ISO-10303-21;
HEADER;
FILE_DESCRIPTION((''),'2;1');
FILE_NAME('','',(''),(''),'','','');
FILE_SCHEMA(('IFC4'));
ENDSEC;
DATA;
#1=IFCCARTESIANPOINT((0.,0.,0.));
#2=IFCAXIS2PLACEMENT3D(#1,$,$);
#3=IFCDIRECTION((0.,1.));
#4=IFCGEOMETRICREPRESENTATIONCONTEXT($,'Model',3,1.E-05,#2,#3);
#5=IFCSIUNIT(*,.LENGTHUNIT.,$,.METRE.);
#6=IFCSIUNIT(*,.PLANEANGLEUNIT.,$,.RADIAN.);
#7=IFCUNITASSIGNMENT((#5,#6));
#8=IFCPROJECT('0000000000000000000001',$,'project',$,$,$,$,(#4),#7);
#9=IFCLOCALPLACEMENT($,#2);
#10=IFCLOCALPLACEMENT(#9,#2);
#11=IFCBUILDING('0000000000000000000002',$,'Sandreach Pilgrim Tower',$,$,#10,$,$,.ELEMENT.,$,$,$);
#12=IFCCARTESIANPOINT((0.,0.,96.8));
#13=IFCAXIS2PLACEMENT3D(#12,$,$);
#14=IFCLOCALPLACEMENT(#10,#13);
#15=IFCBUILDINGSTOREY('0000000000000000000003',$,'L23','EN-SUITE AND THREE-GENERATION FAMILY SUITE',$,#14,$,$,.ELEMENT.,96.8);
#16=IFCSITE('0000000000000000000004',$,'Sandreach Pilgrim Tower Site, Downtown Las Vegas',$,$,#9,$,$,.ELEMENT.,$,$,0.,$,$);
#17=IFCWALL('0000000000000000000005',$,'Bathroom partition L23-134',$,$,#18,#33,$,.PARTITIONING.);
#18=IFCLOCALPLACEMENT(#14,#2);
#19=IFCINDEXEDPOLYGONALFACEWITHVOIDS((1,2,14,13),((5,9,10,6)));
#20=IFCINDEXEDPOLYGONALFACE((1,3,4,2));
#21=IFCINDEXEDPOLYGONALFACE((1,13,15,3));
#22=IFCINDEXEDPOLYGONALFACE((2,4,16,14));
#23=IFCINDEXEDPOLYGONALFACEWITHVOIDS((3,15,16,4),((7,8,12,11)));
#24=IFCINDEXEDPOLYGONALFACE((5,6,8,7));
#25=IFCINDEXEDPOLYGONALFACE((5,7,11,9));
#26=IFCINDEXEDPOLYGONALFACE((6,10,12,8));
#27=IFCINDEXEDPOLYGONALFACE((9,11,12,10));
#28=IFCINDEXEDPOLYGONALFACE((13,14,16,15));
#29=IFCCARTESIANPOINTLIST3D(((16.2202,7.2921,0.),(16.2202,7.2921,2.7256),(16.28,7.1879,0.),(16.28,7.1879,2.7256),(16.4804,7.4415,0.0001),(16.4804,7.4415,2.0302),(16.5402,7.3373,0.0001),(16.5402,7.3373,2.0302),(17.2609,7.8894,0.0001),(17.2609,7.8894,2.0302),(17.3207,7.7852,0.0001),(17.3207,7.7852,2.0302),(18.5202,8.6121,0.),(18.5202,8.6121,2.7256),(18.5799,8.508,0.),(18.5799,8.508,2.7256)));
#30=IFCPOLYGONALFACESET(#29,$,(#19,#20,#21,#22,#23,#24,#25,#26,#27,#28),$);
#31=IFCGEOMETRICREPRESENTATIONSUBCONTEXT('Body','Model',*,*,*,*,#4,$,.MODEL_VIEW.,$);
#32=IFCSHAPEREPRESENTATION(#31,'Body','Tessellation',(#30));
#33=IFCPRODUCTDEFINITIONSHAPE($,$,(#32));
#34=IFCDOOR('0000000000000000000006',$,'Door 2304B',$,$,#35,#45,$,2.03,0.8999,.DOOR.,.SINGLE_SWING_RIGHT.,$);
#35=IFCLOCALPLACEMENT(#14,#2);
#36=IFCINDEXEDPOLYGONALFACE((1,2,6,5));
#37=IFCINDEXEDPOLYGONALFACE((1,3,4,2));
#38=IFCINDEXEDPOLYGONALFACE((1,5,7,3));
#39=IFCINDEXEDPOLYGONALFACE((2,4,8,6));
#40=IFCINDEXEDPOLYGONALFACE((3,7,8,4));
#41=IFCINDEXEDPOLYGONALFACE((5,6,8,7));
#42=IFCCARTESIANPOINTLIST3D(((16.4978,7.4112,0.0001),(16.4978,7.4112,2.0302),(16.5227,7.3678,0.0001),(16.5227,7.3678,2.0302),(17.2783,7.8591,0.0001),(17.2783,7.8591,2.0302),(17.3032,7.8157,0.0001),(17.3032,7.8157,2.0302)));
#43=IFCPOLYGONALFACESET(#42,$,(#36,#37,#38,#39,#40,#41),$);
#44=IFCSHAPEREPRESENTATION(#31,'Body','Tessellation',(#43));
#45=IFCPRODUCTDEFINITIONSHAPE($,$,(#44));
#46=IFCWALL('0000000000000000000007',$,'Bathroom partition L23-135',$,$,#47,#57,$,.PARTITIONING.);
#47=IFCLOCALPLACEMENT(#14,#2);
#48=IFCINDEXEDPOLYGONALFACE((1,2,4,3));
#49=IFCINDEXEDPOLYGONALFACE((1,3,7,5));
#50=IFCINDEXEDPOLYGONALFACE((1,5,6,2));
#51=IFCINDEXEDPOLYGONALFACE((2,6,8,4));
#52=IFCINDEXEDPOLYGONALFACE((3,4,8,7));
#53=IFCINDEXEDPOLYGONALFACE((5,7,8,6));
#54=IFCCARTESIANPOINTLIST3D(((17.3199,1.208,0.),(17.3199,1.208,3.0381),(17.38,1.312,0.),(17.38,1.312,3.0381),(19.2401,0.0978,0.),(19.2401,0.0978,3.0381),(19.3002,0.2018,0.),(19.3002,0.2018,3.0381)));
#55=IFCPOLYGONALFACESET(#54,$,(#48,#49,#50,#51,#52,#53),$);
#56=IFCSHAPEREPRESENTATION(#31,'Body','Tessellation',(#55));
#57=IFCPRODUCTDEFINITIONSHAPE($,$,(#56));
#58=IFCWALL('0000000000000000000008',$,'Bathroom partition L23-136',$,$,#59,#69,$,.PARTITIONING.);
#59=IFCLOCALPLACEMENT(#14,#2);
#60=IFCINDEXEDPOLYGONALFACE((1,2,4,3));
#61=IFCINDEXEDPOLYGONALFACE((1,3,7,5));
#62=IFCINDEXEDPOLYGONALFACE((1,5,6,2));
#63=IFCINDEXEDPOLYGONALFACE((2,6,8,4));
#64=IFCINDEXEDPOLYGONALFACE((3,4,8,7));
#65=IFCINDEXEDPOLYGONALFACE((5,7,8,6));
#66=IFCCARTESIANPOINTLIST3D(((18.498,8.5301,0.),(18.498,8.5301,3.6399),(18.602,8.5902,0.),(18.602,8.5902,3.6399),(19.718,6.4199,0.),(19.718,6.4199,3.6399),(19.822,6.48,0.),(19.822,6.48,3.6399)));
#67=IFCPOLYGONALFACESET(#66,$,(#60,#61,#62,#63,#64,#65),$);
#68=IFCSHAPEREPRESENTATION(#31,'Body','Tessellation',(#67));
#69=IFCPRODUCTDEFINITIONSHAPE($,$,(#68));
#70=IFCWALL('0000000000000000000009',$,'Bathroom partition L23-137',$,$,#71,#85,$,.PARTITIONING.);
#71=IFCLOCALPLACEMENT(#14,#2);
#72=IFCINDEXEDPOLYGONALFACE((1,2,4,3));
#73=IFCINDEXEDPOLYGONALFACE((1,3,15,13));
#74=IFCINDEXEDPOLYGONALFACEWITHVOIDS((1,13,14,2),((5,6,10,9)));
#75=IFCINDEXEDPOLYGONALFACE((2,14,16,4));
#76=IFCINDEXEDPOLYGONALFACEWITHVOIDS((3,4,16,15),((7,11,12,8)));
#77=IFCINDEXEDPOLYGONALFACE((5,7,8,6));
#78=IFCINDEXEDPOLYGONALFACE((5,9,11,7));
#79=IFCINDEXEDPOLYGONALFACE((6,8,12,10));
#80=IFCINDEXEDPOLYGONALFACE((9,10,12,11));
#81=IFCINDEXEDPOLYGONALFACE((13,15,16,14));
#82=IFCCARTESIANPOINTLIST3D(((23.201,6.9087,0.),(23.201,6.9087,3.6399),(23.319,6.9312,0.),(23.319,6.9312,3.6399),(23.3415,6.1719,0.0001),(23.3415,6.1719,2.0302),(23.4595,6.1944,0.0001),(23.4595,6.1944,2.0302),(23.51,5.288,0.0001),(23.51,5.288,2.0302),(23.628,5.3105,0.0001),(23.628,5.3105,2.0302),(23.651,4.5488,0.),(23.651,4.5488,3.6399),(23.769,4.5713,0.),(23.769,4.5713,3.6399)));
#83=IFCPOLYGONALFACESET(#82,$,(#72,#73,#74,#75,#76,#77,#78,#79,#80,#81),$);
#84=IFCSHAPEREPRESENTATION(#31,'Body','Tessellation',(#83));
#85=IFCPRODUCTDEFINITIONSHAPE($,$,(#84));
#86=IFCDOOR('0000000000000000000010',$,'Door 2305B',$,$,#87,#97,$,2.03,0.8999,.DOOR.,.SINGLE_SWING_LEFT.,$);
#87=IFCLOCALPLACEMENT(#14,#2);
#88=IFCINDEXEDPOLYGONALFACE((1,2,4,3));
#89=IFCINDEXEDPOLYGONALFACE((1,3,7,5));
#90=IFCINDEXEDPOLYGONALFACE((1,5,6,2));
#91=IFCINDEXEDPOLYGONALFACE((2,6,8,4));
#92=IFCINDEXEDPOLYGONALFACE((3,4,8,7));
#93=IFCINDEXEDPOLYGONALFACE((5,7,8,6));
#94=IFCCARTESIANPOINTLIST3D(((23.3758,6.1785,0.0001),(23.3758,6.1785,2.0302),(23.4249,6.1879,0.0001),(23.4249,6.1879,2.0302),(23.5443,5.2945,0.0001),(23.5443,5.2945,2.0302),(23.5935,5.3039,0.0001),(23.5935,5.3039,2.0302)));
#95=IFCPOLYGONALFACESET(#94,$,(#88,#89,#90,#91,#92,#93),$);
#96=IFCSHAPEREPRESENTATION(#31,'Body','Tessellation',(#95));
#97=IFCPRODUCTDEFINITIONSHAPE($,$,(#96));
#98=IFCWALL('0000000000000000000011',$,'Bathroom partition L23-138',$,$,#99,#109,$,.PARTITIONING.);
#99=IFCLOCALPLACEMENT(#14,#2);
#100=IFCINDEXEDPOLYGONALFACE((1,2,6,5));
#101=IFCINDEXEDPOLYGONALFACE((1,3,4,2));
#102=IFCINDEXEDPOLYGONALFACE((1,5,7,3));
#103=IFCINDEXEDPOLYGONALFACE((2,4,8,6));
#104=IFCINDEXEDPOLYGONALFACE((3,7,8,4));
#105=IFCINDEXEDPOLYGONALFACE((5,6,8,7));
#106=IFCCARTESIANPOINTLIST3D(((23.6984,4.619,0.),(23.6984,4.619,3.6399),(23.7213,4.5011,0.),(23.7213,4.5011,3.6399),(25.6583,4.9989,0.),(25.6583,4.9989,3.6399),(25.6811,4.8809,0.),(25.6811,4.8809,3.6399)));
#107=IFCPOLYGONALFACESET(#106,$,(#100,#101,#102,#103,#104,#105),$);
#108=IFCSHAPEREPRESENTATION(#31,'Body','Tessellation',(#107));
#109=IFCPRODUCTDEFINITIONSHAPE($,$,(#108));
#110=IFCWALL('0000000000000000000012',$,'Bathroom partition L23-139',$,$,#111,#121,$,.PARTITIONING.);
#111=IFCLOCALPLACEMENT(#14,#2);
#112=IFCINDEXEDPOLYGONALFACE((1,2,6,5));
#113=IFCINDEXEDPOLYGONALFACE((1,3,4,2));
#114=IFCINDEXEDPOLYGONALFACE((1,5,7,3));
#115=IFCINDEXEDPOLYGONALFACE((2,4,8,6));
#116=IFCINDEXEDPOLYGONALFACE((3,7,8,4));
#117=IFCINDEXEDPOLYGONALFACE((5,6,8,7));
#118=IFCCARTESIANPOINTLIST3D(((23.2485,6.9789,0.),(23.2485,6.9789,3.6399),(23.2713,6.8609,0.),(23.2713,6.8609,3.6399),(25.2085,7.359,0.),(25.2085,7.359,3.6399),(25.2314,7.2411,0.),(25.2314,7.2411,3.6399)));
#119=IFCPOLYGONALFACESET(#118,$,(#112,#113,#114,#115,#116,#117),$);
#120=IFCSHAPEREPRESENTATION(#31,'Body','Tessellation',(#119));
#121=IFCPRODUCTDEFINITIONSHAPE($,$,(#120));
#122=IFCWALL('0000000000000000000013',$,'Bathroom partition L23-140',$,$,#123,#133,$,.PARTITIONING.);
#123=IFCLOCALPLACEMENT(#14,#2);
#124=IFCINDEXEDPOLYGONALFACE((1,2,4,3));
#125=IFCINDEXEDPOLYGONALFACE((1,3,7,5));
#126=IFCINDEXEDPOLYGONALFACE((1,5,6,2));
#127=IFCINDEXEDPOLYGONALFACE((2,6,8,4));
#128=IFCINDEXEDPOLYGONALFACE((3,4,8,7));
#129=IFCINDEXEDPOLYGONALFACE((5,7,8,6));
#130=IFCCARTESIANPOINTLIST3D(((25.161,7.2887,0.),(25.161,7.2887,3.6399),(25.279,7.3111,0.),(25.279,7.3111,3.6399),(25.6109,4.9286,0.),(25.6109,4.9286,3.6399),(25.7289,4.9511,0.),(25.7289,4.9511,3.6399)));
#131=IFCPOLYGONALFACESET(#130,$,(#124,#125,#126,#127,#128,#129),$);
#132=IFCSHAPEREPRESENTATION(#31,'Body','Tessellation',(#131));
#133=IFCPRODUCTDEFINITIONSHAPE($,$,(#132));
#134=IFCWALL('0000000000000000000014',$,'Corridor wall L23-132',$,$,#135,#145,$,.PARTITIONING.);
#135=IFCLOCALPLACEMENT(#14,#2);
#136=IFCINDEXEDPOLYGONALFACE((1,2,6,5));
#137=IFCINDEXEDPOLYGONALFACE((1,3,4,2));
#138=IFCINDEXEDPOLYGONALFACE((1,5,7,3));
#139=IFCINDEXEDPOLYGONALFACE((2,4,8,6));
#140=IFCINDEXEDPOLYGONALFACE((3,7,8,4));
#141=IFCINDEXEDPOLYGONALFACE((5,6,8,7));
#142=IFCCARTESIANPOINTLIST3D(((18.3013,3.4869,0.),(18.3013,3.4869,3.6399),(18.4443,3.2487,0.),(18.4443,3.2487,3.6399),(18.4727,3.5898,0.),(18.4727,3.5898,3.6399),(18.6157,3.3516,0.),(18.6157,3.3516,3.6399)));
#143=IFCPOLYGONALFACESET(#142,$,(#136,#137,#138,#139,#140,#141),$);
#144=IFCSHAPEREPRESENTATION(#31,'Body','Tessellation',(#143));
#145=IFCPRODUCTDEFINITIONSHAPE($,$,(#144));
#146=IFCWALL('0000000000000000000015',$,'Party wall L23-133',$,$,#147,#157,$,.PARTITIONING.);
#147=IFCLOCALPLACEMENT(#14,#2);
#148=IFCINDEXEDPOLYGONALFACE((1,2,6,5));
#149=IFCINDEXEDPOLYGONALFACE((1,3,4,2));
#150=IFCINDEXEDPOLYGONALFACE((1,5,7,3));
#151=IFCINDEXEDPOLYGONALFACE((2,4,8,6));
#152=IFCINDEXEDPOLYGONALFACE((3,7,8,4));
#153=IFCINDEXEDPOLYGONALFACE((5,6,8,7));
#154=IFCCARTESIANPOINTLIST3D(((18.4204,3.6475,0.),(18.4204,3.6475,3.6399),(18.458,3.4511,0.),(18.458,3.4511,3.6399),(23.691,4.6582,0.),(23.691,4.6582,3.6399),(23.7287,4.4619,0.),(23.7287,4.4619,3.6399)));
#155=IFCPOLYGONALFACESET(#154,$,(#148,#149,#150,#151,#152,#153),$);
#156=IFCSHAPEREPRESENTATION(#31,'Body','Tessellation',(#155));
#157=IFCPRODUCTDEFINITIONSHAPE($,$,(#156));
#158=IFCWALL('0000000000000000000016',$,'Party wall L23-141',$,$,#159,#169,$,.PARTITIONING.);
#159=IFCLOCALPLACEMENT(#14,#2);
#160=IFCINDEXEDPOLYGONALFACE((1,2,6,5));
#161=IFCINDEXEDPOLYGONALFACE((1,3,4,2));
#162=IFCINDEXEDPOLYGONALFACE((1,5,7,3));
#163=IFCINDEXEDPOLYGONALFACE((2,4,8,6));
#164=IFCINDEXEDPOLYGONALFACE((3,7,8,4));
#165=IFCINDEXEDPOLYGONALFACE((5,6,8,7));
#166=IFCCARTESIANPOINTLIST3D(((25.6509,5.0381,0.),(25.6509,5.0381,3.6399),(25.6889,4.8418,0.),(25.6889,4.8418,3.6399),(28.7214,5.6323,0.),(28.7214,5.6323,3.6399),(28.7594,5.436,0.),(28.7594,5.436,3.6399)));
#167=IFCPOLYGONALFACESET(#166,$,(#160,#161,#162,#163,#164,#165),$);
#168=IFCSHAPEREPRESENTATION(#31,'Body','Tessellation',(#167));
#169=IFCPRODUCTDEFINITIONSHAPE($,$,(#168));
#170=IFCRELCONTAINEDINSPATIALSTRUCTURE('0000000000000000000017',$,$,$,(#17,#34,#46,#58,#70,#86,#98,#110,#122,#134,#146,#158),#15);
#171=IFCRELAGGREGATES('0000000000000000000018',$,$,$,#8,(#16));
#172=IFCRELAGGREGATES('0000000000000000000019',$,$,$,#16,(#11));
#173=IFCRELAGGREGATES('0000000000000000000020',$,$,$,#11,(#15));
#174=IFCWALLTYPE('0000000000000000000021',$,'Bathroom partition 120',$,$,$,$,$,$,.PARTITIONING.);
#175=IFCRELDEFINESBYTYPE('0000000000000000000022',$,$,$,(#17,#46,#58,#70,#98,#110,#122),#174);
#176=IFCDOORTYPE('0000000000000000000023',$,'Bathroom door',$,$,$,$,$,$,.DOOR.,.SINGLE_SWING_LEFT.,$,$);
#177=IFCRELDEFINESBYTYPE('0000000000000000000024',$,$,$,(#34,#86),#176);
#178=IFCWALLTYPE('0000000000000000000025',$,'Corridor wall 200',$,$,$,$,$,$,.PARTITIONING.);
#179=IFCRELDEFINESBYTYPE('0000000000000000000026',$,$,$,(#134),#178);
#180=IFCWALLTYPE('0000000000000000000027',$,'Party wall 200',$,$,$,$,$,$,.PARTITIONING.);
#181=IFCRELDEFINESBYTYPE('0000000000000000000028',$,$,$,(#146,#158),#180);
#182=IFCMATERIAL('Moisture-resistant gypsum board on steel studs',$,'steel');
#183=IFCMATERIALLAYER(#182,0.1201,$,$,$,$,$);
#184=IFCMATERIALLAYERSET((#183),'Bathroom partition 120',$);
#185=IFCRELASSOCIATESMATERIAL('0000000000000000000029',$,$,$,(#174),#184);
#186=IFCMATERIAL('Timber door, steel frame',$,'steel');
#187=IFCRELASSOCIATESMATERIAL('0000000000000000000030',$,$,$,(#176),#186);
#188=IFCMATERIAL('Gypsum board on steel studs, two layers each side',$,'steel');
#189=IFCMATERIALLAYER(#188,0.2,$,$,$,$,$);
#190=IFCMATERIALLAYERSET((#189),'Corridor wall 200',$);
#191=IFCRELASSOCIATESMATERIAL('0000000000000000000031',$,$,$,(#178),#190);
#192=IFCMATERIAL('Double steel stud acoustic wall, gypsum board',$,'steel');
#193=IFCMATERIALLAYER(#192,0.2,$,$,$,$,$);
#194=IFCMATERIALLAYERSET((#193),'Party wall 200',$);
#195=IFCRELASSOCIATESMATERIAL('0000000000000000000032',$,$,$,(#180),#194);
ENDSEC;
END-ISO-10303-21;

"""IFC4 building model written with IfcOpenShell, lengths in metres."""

from ifc_helpers import new_model, si_unit, direction, frame, frame_2d, origin, place, context, subcontext, project, spatial, rectangle, extrude, material, layer, layer_set, type_object, element, fill, save


model = new_model("IFC4")

# Units and contexts
model_context = context("Model", 3, precision=1e-05, world=origin(), true_north=direction((0.0, 1.0)))
body_context = subcontext(model_context, "Body", "Model", "MODEL_VIEW")
ifc_project = project(units=[si_unit("LENGTHUNIT", "METRE"), si_unit("PLANEANGLEUNIT", "RADIAN")], contexts=[model_context])

# Site, building, storey
site_placement = place(None, origin())
site = spatial("IfcSite", under=ifc_project, at=site_placement, Name="Sandreach Pilgrim Tower Site, Downtown Las Vegas", CompositionType="ELEMENT", RefElevation=0.0)
building_placement = place(site_placement, origin())
building = spatial("IfcBuilding", under=site, at=building_placement, Name="Sandreach Pilgrim Tower", CompositionType="ELEMENT")
storey_placement = place(building_placement, frame((0.0, 0.0, 96.8)))
storey = spatial("IfcBuildingStorey", under=building, at=storey_placement, Name="L23", Description="EN-SUITE AND THREE-GENERATION FAMILY SUITE", CompositionType="ELEMENT", Elevation=96.8)

# Wall, opening, door
ifc_material_1 = material(Name="Moisture-resistant gypsum board on steel studs", Category="steel")
ifc_layer_1 = layer(ifc_material_1, 0.1201)
ifc_layer_set_1 = layer_set([ifc_layer_1], Name="Bathroom partition 120")
wall_type_1 = type_object("IfcWallType", Name="Bathroom partition 120", PredefinedType="PARTITIONING", material=ifc_layer_set_1)
wall_1_placement = place(storey_placement, frame((18.55, 8.5601, 0.0), z_axis=(0.0, 0.0, 1.0), x_axis=(-0.867307, -0.497774, 0.0)))
wall_1 = element("IfcWall", 1, at=wall_1_placement, inside=storey, type_object=wall_type_1, Name="Bathroom partition L23-134", PredefinedType="PARTITIONING", context=body_context, shape_type="SweptSolid", body=[
    extrude(rectangle(XDim=2.6519, YDim=0.1201, at=frame_2d((1.3259, 0.0))), origin(), (0.0, 0.0, 1.0), 2.7256),
])
opening_1_placement = place(wall_1_placement, frame((1.4519, 0.0, 0.0)))
opening_1 = element("IfcOpeningElement", 2, at=opening_1_placement, cuts=wall_1, PredefinedType="OPENING", context=body_context, shape_type="SweptSolid", body=[
    extrude(rectangle(XDim=0.8999, YDim=2.03, at=frame_2d((0.45, 1.0151))), frame((0.0, 0.0601, 0.0), z_axis=(0.0, -1.0, 0.0), x_axis=(1.0, 0.0, 0.0)), (0.0, 0.0, 1.0), 0.1201),
])
ifc_material_2 = material(Name="Timber door, steel frame", Category="steel")
door_type = type_object("IfcDoorType", Name="Bathroom door", OperationType="SINGLE_SWING_LEFT", PredefinedType="DOOR", material=ifc_material_2)
door_1_placement = place(opening_1_placement, origin())
door_1 = element("IfcDoor", 3, at=door_1_placement, inside=storey, type_object=door_type, Name="Door 2304B", OperationType="SINGLE_SWING_RIGHT", OverallHeight=2.03, OverallWidth=0.8999, PredefinedType="DOOR", context=body_context, shape_type="SweptSolid", body=[
    extrude(rectangle(XDim=0.8999, YDim=2.03, at=frame_2d((0.45, 1.0151))), frame((0.0, 0.0249, 0.0), z_axis=(0.0, -1.0, 0.0), x_axis=(1.0, 0.0, 0.0)), (0.0, 0.0, 1.0), 0.05),
])
fill(opening_1, door_1)

# Walls
wall_2_placement = place(storey_placement, frame((19.27, 0.1499, 0.0), z_axis=(0.0, 0.0, 1.0), x_axis=(-0.865733, 0.500507, 0.0)))
element("IfcWall", 4, at=wall_2_placement, inside=storey, type_object=wall_type_1, Name="Bathroom partition L23-135", PredefinedType="PARTITIONING", context=body_context, shape_type="SweptSolid", body=[
    extrude(rectangle(XDim=2.218, YDim=0.1201, at=frame_2d((1.1089, 0.0))), origin(), (0.0, 0.0, 1.0), 3.0381),
])
wall_3_placement = place(storey_placement, frame((19.77, 6.45, 0.0), z_axis=(0.0, 0.0, 1.0), x_axis=(-0.500523, 0.865723, 0.0)))
element("IfcWall", 5, at=wall_3_placement, inside=storey, type_object=wall_type_1, Name="Bathroom partition L23-136", PredefinedType="PARTITIONING", context=body_context, shape_type="SweptSolid", body=[
    extrude(rectangle(XDim=2.4375, YDim=0.1201, at=frame_2d((1.2188, 0.0))), origin(), (0.0, 0.0, 1.0), 3.6399),
])

# Wall, opening, door
wall_4_placement = place(storey_placement, frame((23.26, 6.9199, 0.0), z_axis=(0.0, 0.0, 1.0), x_axis=(0.187294, -0.982304, 0.0)))
wall_4 = element("IfcWall", 6, at=wall_4_placement, inside=storey, type_object=wall_type_1, Name="Bathroom partition L23-137", PredefinedType="PARTITIONING", context=body_context, shape_type="SweptSolid", body=[
    extrude(rectangle(XDim=2.4023, YDim=0.1201, at=frame_2d((1.2012, 0.0))), origin(), (0.0, 0.0, 1.0), 3.6399),
])
opening_2_placement = place(wall_4_placement, frame((0.75, 0.0, 0.0)))
opening_2 = element("IfcOpeningElement", 7, at=opening_2_placement, cuts=wall_4, PredefinedType="OPENING", context=body_context, shape_type="SweptSolid", body=[
    extrude(rectangle(XDim=0.8999, YDim=2.03, at=frame_2d((0.45, 1.0151))), frame((0.0, 0.0601, 0.0), z_axis=(0.0, -1.0, 0.0), x_axis=(1.0, 0.0, 0.0)), (0.0, 0.0, 1.0), 0.1201),
])
door_2_placement = place(opening_2_placement, origin())
door_2 = element("IfcDoor", 8, at=door_2_placement, inside=storey, type_object=door_type, Name="Door 2305B", OperationType="SINGLE_SWING_LEFT", OverallHeight=2.03, OverallWidth=0.8999, PredefinedType="DOOR", context=body_context, shape_type="SweptSolid", body=[
    extrude(rectangle(XDim=0.8999, YDim=2.03, at=frame_2d((0.45, 1.0151))), frame((0.0, 0.0249, 0.0), z_axis=(0.0, -1.0, 0.0), x_axis=(1.0, 0.0, 0.0)), (0.0, 0.0, 1.0), 0.05),
])
fill(opening_2, door_2)

# Walls
wall_5_placement = place(storey_placement, frame((23.71, 4.5601, 0.0), z_axis=(0.0, 0.0, 1.0), x_axis=(0.98173, 0.19028, 0.0)))
element("IfcWall", 9, at=wall_5_placement, inside=storey, type_object=wall_type_1, Name="Bathroom partition L23-138", PredefinedType="PARTITIONING", context=body_context, shape_type="SweptSolid", body=[
    extrude(rectangle(XDim=1.9963, YDim=0.1201, at=frame_2d((0.998, 0.0))), origin(), (0.0, 0.0, 1.0), 3.6399),
])
wall_6_placement = place(storey_placement, frame((25.22, 7.3, 0.0), z_axis=(0.0, 0.0, 1.0), x_axis=(-0.981707, -0.190398, 0.0)))
element("IfcWall", 10, at=wall_6_placement, inside=storey, type_object=wall_type_1, Name="Bathroom partition L23-139", PredefinedType="PARTITIONING", context=body_context, shape_type="SweptSolid", body=[
    extrude(rectangle(XDim=1.9966, YDim=0.1201, at=frame_2d((0.9983, 0.0))), origin(), (0.0, 0.0, 1.0), 3.6399),
])
wall_7_placement = place(storey_placement, frame((25.6699, 4.9399, 0.0), z_axis=(0.0, 0.0, 1.0), x_axis=(-0.187276, 0.982307, 0.0)))
element("IfcWall", 11, at=wall_7_placement, inside=storey, type_object=wall_type_1, Name="Bathroom partition L23-140", PredefinedType="PARTITIONING", context=body_context, shape_type="SweptSolid", body=[
    extrude(rectangle(XDim=2.4026, YDim=0.1201, at=frame_2d((1.2012, 0.0))), origin(), (0.0, 0.0, 1.0), 3.6399),
])
ifc_material_3 = material(Name="Gypsum board on steel studs, two layers each side", Category="steel")
ifc_layer_2 = layer(ifc_material_3, 0.2)
ifc_layer_set_2 = layer_set([ifc_layer_2], Name="Corridor wall 200")
wall_type_2 = type_object("IfcWallType", Name="Corridor wall 200", PredefinedType="PARTITIONING", material=ifc_layer_set_2)
wall_8_placement = place(storey_placement, frame((18.387, 3.5383, 0.0), z_axis=(0.0, 0.0, 1.0), x_axis=(0.514754, -0.857338, 0.0)))
element("IfcWall", 12, at=wall_8_placement, inside=storey, type_object=wall_type_2, Name="Corridor wall L23-132", PredefinedType="PARTITIONING", context=body_context, shape_type="SweptSolid", body=[
    extrude(rectangle(XDim=0.2778, YDim=0.2, at=frame_2d((0.1389, 0.0))), origin(), (0.0, 0.0, 1.0), 3.6399),
])
ifc_material_4 = material(Name="Double steel stud acoustic wall, gypsum board", Category="steel")
ifc_layer_3 = layer(ifc_material_4, 0.2)
ifc_layer_set_3 = layer_set([ifc_layer_3], Name="Party wall 200")
wall_type_3 = type_object("IfcWallType", Name="Party wall 200", PredefinedType="PARTITIONING", material=ifc_layer_set_3)
wall_9_placement = place(storey_placement, frame((18.4392, 3.5493, 0.0), z_axis=(0.0, 0.0, 1.0), x_axis=(0.982105, 0.188333, 0.0)))
element("IfcWall", 13, at=wall_9_placement, inside=storey, type_object=wall_type_3, Name="Party wall L23-133", PredefinedType="PARTITIONING", context=body_context, shape_type="SweptSolid", body=[
    extrude(rectangle(XDim=5.3667, YDim=0.2, at=frame_2d((2.6833, 0.0))), origin(), (0.0, 0.0, 1.0), 3.6399),
])
wall_10_placement = place(storey_placement, frame((25.6699, 4.9399, 0.0), z_axis=(0.0, 0.0, 1.0), x_axis=(0.981784, 0.190002, 0.0)))
element("IfcWall", 14, at=wall_10_placement, inside=storey, type_object=wall_type_3, Name="Party wall L23-141", PredefinedType="PARTITIONING", context=body_context, shape_type="SweptSolid", body=[
    extrude(rectangle(XDim=3.1274, YDim=0.2, at=frame_2d((1.5637, 0.0))), origin(), (0.0, 0.0, 1.0), 3.6399),
])

save(model, "model.ifc")
